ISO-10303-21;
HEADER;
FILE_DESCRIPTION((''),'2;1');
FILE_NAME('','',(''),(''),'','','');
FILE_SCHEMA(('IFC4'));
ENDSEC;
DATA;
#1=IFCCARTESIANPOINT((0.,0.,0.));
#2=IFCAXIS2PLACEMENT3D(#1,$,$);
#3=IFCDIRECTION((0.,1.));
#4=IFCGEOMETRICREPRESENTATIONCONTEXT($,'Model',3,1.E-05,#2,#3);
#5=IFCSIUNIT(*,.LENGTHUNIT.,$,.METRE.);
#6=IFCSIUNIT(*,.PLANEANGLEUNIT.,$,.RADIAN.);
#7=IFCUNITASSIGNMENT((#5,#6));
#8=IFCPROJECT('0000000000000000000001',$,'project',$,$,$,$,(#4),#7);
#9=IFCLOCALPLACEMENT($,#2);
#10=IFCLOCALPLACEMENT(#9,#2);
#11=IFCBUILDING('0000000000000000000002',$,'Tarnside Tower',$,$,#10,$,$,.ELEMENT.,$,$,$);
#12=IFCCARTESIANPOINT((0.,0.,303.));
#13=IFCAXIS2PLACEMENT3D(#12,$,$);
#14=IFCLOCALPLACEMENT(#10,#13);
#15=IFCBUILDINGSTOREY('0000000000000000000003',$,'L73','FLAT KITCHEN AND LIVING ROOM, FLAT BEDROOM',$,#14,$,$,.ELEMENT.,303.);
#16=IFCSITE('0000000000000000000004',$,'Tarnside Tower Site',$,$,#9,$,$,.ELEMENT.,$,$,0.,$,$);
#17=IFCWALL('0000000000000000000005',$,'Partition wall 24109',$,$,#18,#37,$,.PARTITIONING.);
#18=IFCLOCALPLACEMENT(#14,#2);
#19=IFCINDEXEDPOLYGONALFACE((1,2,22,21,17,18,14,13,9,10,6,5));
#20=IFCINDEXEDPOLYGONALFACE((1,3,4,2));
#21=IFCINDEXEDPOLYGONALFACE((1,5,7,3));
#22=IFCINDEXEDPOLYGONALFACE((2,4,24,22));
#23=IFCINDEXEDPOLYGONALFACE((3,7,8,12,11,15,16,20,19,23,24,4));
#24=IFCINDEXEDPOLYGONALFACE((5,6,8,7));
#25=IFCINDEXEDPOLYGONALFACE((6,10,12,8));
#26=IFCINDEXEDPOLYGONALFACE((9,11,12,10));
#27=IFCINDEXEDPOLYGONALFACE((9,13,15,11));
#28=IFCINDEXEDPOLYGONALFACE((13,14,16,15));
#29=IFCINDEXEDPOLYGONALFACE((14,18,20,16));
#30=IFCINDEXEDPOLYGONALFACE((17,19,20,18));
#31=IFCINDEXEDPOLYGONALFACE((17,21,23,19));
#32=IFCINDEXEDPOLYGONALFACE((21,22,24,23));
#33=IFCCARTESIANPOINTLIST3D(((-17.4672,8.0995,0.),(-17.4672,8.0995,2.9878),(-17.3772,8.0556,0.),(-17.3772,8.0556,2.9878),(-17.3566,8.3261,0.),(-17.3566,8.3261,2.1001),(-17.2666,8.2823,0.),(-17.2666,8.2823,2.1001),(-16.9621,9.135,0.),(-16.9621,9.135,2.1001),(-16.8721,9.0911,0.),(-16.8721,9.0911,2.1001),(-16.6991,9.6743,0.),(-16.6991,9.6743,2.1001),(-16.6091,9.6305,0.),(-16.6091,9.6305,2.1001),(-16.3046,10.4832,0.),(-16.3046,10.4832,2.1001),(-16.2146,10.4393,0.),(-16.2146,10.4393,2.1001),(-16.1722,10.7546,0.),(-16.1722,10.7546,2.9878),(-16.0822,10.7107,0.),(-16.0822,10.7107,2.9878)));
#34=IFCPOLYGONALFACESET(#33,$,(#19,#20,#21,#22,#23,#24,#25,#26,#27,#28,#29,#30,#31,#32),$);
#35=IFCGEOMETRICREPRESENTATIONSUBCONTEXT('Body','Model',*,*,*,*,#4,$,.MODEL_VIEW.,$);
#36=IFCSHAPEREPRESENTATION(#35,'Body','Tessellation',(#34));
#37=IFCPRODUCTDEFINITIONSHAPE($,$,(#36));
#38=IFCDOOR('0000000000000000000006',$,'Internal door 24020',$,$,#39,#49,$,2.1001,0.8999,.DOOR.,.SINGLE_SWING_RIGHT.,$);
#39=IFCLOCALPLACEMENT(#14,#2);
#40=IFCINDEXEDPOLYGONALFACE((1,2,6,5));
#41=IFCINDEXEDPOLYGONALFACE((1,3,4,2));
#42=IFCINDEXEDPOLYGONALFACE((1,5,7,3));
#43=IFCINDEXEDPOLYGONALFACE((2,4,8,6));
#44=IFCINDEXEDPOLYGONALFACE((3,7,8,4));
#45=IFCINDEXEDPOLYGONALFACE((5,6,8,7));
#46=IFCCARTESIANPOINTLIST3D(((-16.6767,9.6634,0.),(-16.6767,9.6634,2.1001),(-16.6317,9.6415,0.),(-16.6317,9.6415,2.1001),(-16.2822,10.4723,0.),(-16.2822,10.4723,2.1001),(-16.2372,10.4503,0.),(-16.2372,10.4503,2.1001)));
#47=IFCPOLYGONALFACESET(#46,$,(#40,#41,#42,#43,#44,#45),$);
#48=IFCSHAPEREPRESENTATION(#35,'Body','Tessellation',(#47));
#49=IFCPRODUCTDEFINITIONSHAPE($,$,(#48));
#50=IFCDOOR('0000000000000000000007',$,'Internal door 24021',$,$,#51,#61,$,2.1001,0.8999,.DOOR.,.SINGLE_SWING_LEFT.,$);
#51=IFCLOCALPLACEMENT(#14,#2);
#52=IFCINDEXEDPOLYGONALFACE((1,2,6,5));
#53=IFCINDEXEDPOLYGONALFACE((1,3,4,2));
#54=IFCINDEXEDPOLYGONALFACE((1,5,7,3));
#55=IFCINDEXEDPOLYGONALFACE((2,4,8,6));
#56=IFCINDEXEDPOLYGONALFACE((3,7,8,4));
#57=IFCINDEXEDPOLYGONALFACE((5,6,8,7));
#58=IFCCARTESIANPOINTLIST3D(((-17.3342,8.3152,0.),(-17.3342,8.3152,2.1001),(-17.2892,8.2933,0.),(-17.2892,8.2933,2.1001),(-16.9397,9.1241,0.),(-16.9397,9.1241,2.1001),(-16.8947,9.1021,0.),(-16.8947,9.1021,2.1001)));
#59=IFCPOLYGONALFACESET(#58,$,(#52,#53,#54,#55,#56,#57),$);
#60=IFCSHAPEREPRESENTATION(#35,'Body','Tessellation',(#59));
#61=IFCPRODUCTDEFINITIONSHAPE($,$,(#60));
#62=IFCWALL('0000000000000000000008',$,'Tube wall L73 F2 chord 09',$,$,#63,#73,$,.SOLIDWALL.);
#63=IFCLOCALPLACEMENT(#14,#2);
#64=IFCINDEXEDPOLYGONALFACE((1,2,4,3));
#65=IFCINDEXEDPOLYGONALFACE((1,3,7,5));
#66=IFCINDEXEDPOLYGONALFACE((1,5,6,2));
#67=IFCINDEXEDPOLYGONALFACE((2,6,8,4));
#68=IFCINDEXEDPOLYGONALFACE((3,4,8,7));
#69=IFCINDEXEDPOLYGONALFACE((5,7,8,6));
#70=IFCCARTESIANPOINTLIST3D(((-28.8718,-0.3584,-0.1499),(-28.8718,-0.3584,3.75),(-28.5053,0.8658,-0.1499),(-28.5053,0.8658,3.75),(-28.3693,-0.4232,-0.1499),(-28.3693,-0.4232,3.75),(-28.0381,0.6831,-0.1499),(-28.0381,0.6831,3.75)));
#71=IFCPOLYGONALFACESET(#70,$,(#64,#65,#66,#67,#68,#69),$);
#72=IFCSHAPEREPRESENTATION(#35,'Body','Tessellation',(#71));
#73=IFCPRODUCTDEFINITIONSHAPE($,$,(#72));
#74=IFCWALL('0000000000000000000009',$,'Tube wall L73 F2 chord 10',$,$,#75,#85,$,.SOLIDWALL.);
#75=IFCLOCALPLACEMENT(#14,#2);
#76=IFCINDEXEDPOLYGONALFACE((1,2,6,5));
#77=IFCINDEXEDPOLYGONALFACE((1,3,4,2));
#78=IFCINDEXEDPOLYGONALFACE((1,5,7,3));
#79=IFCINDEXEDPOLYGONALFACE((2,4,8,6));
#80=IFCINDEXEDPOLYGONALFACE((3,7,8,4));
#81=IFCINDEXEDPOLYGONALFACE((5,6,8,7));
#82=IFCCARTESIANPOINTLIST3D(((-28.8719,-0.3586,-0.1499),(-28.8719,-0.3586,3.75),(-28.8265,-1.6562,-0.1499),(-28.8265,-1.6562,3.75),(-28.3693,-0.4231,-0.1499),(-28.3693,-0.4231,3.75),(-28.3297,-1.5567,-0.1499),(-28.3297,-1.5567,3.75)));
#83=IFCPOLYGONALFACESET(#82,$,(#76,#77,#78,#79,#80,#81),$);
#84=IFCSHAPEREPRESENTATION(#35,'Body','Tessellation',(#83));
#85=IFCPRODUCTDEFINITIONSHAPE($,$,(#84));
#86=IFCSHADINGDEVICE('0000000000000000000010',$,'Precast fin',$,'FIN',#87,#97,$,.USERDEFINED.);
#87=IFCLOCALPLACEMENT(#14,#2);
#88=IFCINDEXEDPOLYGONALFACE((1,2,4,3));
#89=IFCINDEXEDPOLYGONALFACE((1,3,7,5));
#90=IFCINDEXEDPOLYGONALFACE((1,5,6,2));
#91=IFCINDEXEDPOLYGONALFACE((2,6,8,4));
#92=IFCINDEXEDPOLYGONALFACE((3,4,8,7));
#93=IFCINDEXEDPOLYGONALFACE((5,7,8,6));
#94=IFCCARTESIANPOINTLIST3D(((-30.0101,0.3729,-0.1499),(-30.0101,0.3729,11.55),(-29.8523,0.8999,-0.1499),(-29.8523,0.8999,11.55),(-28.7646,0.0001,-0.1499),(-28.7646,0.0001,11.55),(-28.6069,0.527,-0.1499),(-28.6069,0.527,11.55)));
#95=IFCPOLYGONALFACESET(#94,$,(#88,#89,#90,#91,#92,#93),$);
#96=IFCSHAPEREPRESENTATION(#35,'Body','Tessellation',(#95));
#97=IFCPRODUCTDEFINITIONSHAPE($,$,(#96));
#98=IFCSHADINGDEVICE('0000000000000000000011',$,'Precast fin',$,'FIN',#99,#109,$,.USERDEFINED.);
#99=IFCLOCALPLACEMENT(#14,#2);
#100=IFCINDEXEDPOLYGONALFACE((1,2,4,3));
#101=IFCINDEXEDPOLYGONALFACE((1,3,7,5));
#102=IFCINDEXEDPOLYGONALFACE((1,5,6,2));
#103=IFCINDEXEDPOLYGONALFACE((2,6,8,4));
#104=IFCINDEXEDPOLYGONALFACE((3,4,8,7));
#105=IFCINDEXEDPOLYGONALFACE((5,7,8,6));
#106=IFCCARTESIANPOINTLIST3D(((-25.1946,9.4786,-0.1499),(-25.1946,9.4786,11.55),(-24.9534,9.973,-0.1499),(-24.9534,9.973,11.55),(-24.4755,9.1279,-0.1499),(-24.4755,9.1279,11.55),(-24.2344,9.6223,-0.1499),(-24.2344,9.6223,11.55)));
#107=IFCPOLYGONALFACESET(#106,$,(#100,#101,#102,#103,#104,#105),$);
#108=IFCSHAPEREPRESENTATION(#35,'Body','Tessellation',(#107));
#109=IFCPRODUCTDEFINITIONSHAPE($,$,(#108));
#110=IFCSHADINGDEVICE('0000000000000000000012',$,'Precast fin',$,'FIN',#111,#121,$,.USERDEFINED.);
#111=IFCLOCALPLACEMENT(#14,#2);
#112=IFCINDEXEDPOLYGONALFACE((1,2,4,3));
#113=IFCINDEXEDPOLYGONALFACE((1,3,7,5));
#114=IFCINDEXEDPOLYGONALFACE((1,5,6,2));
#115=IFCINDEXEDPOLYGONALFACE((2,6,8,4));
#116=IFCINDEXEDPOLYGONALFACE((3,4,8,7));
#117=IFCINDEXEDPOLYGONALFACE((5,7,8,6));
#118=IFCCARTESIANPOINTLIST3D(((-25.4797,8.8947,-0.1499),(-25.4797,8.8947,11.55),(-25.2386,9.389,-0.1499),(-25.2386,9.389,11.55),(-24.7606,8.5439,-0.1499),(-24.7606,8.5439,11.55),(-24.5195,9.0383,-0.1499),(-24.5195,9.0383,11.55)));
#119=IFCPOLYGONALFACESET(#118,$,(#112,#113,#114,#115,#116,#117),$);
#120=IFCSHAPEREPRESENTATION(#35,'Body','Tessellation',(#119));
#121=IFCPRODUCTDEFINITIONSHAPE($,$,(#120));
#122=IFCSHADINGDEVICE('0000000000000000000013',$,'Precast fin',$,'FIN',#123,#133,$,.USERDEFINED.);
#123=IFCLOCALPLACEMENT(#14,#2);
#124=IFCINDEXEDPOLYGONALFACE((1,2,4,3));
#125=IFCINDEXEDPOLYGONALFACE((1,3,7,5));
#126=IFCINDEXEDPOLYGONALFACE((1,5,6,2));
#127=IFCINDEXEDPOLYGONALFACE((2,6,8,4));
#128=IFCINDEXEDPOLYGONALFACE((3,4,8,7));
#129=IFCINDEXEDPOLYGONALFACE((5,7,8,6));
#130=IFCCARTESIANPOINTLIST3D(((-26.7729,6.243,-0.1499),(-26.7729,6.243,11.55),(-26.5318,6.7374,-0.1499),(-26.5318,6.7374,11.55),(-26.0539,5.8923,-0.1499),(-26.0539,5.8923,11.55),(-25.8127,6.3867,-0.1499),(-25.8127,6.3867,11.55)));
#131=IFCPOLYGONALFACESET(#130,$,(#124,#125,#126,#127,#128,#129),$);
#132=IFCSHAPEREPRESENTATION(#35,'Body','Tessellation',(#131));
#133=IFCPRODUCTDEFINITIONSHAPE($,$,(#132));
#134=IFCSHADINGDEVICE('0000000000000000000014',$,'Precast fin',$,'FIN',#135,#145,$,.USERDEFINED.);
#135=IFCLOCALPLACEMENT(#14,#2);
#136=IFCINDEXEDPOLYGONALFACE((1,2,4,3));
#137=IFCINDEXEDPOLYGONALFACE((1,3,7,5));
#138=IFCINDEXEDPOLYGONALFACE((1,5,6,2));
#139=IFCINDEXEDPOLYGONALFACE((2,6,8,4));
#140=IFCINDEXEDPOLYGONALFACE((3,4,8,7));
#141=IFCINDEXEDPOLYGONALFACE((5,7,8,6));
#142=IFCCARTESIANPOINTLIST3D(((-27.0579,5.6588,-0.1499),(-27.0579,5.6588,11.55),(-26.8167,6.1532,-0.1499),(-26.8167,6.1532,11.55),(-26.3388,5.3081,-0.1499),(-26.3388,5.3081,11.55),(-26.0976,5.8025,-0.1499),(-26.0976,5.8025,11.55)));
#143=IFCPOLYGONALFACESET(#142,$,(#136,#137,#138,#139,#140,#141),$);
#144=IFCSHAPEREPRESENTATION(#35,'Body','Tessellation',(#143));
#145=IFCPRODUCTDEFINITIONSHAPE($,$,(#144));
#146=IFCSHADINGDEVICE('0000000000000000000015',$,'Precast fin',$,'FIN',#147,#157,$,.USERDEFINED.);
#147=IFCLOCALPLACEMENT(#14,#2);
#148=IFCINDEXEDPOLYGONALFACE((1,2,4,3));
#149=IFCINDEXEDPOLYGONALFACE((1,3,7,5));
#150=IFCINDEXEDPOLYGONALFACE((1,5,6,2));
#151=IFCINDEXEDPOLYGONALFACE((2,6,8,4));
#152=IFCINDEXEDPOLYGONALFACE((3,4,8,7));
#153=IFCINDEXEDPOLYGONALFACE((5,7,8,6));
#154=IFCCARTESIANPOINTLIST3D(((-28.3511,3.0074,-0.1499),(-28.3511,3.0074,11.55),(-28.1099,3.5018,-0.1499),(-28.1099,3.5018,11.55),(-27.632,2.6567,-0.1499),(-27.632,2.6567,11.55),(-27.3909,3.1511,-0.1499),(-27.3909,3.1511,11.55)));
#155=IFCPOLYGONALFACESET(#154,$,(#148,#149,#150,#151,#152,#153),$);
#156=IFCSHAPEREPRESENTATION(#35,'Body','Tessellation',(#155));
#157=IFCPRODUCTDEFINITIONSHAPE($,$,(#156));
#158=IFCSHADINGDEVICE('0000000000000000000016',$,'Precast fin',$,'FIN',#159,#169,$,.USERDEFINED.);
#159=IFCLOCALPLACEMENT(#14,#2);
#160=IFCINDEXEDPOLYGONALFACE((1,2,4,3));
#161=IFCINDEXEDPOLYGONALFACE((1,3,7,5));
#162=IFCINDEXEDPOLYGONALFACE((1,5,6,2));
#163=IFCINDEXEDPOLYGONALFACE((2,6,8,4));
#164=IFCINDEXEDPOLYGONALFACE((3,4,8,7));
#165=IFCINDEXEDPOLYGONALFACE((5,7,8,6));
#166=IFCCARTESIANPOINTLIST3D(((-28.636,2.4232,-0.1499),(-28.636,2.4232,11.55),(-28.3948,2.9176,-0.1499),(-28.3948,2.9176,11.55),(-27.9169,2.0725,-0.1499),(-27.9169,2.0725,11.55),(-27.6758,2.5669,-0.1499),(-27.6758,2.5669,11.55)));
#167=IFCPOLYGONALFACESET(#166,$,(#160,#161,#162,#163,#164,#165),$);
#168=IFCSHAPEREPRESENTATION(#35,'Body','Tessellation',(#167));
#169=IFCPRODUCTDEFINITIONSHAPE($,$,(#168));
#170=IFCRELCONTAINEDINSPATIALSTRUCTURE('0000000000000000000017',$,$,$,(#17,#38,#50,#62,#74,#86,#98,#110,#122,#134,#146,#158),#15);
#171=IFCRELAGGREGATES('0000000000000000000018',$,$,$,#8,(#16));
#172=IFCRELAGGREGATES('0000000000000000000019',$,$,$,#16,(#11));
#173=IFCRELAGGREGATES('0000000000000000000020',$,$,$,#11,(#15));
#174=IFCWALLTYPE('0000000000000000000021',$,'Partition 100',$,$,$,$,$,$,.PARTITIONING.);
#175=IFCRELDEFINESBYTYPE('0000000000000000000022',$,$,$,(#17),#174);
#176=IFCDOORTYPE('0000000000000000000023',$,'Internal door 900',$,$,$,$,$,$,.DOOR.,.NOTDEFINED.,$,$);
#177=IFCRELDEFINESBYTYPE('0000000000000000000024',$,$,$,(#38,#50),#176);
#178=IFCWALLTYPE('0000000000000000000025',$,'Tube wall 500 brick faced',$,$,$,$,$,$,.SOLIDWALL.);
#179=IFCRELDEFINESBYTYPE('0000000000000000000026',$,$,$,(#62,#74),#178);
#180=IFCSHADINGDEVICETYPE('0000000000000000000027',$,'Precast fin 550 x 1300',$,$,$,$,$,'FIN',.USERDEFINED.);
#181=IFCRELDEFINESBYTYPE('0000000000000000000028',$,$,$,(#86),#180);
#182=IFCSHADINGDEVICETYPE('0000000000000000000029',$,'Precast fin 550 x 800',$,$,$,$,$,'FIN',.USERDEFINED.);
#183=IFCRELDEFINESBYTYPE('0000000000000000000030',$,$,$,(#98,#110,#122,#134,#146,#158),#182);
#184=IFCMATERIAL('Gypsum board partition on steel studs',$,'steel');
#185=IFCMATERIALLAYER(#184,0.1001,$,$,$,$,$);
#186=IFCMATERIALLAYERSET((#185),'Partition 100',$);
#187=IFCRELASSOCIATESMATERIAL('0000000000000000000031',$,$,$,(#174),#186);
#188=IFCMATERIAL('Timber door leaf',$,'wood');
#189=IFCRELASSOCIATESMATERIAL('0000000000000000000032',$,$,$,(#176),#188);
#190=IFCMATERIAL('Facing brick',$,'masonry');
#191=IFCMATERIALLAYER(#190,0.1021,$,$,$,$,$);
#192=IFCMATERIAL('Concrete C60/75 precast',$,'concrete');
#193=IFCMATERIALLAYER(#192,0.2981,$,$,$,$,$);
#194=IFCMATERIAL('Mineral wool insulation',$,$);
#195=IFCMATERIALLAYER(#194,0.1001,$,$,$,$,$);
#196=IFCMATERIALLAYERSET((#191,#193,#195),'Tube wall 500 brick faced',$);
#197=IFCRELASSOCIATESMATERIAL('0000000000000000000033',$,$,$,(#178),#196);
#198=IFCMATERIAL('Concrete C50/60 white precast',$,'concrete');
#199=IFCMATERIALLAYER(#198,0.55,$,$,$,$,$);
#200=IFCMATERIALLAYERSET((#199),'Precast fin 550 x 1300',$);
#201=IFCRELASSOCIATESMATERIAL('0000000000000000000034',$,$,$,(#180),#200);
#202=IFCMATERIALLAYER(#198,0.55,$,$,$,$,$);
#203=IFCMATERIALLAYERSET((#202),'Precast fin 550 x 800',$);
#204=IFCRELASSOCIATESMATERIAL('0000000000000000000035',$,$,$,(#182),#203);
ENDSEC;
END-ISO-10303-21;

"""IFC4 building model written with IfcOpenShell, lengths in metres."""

from ifc_helpers import new_model, si_unit, direction, frame, frame_2d, origin, place, context, subcontext, project, spatial, polyline, rectangle, outline, extrude, material, layer, layer_set, type_object, element, fill, save


model = new_model("IFC4")

# Units and contexts
model_context = context("Model", 3, precision=1e-05, world=origin(), true_north=direction((0.0, 1.0)))
body_context = subcontext(model_context, "Body", "Model", "MODEL_VIEW")
ifc_project = project(units=[si_unit("LENGTHUNIT", "METRE"), si_unit("PLANEANGLEUNIT", "RADIAN")], contexts=[model_context])

# Site, building, storey
site_placement = place(None, origin())
site = spatial("IfcSite", under=ifc_project, at=site_placement, Name="Tarnside Tower Site", CompositionType="ELEMENT", RefElevation=0.0)
building_placement = place(site_placement, origin())
building = spatial("IfcBuilding", under=site, at=building_placement, Name="Tarnside Tower", CompositionType="ELEMENT")
storey_placement = place(building_placement, frame((0.0, 0.0, 303.0)))
storey = spatial("IfcBuildingStorey", under=building, at=storey_placement, Name="L73", Description="FLAT KITCHEN AND LIVING ROOM, FLAT BEDROOM", CompositionType="ELEMENT", Elevation=303.0)

# Shared definitions
ifc_material_1 = material(Name="Gypsum board partition on steel studs", Category="steel")

# Shared definitions
ifc_material_2 = material(Name="Timber door leaf", Category="wood")

# Shared definitions
ifc_material_3 = material(Name="Concrete C60/75 precast", Category="concrete")
ifc_material_4 = material(Name="Mineral wool insulation")

# Shared definitions
ifc_layer_1 = layer(ifc_material_1, 0.1001)
ifc_layer_set_1 = layer_set([ifc_layer_1], Name="Partition 100")
wall_type_1 = type_object("IfcWallType", Name="Partition 100", PredefinedType="PARTITIONING", material=ifc_layer_set_1)
door_type_1 = type_object("IfcDoorType", Name="Internal door 900", OperationType="NOTDEFINED", PredefinedType="DOOR", material=ifc_material_2)

# Wall, openings, doors
wall_1_placement = place(storey_placement, frame((-16.1272, 10.7327, 0.0), z_axis=(0.0, 0.0, 1.0), x_axis=(-0.438365, -0.898797, 0.0)))
wall_1 = element("IfcWall", 1, at=wall_1_placement, inside=storey, type_object=wall_type_1, Name="Partition wall 24109", PredefinedType="PARTITIONING", context=body_context, shape_type="SweptSolid", body=[
    extrude(rectangle(XDim=2.9541, YDim=0.1001, at=frame_2d((1.4771, 0.0))), origin(), (0.0, 0.0, 1.0), 2.9878),
])
opening_1_placement = place(wall_1_placement, frame((0.302, 0.0, 0.0)))
opening_1 = element("IfcOpeningElement", 2, at=opening_1_placement, cuts=wall_1, PredefinedType="OPENING", context=body_context, shape_type="SweptSolid", body=[
    extrude(rectangle(XDim=0.8999, YDim=2.1001, at=frame_2d((0.45, 1.05))), frame((0.0, 0.0601, 0.0), z_axis=(0.0, -1.0, 0.0), x_axis=(1.0, 0.0, 0.0)), (0.0, 0.0, 1.0), 0.1201),
])
opening_2_placement = place(wall_1_placement, frame((1.802, 0.0, 0.0)))
opening_2 = element("IfcOpeningElement", 3, at=opening_2_placement, cuts=wall_1, PredefinedType="OPENING", context=body_context, shape_type="SweptSolid", body=[
    extrude(rectangle(XDim=0.8999, YDim=2.1001, at=frame_2d((0.45, 1.05))), frame((0.0, 0.0601, 0.0), z_axis=(0.0, -1.0, 0.0), x_axis=(1.0, 0.0, 0.0)), (0.0, 0.0, 1.0), 0.1201),
])
door_1_placement = place(opening_1_placement, origin())
door_1 = element("IfcDoor", 4, at=door_1_placement, inside=storey, type_object=door_type_1, Name="Internal door 24020", OperationType="SINGLE_SWING_RIGHT", OverallHeight=2.1001, OverallWidth=0.8999, PredefinedType="DOOR", context=body_context, shape_type="SweptSolid", body=[
    extrude(rectangle(XDim=0.8999, YDim=2.1001, at=frame_2d((0.45, 1.05))), frame((0.0, 0.0249, 0.0), z_axis=(0.0, -1.0, 0.0), x_axis=(1.0, 0.0, 0.0)), (0.0, 0.0, 1.0), 0.05),
])
fill(opening_1, door_1)
door_2_placement = place(opening_2_placement, origin())
door_2 = element("IfcDoor", 5, at=door_2_placement, inside=storey, type_object=door_type_1, Name="Internal door 24021", OperationType="SINGLE_SWING_LEFT", OverallHeight=2.1001, OverallWidth=0.8999, PredefinedType="DOOR", context=body_context, shape_type="SweptSolid", body=[
    extrude(rectangle(XDim=0.8999, YDim=2.1001, at=frame_2d((0.45, 1.05))), frame((0.0, 0.0249, 0.0), z_axis=(0.0, -1.0, 0.0), x_axis=(1.0, 0.0, 0.0)), (0.0, 0.0, 1.0), 0.05),
])
fill(opening_2, door_2)

# Walls
ifc_material_5 = material(Name="Facing brick", Category="masonry")
ifc_layer_2 = layer(ifc_material_5, 0.1021)
ifc_layer_3 = layer(ifc_material_3, 0.2981)
ifc_layer_4 = layer(ifc_material_4, 0.1001)
ifc_layer_set_2 = layer_set([ifc_layer_2, ifc_layer_3, ifc_layer_4], Name="Tube wall 500 brick faced")
wall_type_2 = type_object("IfcWallType", Name="Tube wall 500 brick faced", PredefinedType="SOLIDWALL", material=ifc_layer_set_2)
wall_2_placement = place(storey_placement, frame((-28.2717, 0.7744, -0.1499), z_axis=(0.0, 0.0, 1.0), x_axis=(-0.286814, -0.957986, 0.0)))
element("IfcWall", 6, at=wall_2_placement, inside=storey, type_object=wall_type_2, Name="Tube wall L73 F2 chord 09", PredefinedType="SOLIDWALL", context=body_context, shape_type="SweptSolid", body=[
    extrude(outline(polyline([(-0.0205, -0.25), (1.2573, -0.25), (1.1753, 0.25), (0.0205, 0.25), (-0.0205, -0.25)])), origin(), (0.0, 0.0, 1.0), 3.8999),
])
wall_3_placement = place(storey_placement, frame((-28.6206, -0.3909, -0.1499), z_axis=(0.0, 0.0, 1.0), x_axis=(0.034925, -0.99939, 0.0)))
element("IfcWall", 7, at=wall_3_placement, inside=storey, type_object=wall_type_2, Name="Tube wall L73 F2 chord 10", PredefinedType="SOLIDWALL", context=body_context, shape_type="SweptSolid", body=[
    extrude(outline(polyline([(-0.041, -0.25), (1.2573, -0.25), (1.1753, 0.25), (0.041, 0.25), (-0.041, -0.25)])), origin(), (0.0, 0.0, 1.0), 3.8999),
])

# Shading devices
ifc_material_6 = material(Name="Concrete C50/60 white precast", Category="concrete")
ifc_layer_5 = layer(ifc_material_6, 0.55)
ifc_layer_set_3 = layer_set([ifc_layer_5], Name="Precast fin 550 x 1300")
shading_device_type_1 = type_object("IfcShadingDeviceType", Name="Precast fin 550 x 1300", ElementType="FIN", PredefinedType="USERDEFINED", material=ifc_layer_set_3)
shading_device_placement = place(storey_placement, frame((-28.6858, 0.2634, -0.1499), z_axis=(0.286803, 0.95799, 0.0), x_axis=(-0.95799, 0.286803, 0.0)))
element("IfcShadingDevice", 8, at=shading_device_placement, inside=storey, type_object=shading_device_type_1, Name="Precast fin", ObjectType="FIN", PredefinedType="USERDEFINED", context=body_context, shape_type="SweptSolid", body=[
    extrude(outline(polyline([(0.0, 0.0), (1.3, 0.0), (1.3, 11.7), (0.0, 11.7), (0.0, 0.0)])), frame((0.0, 0.0, -0.2749)), (0.0, 0.0, 1.0), 0.55),
])
ifc_layer_6 = layer(ifc_material_6, 0.55)
ifc_layer_set_4 = layer_set([ifc_layer_6], Name="Precast fin 550 x 800")
shading_device_type_2 = type_object("IfcShadingDeviceType", Name="Precast fin 550 x 800", ElementType="FIN", PredefinedType="USERDEFINED", material=ifc_layer_set_4)
for number, where, z_axis, x_axis, name in (
    (9, (-24.355, 9.375, -0.1499), (0.438371, 0.898794, 0.0), (-0.898794, 0.438371, 0.0), "Precast fin"),
    (10, (-24.6401, 8.791, -0.1499), (0.438371, 0.898794, 0.0), (-0.898794, 0.438371, 0.0), "Precast fin"),
    (11, (-25.9333, 6.1394, -0.1499), (0.438371, 0.898794, 0.0), (-0.898794, 0.438371, 0.0), "Precast fin"),
    (12, (-26.2183, 5.5552, -0.1499), (0.438371, 0.898794, 0.0), (-0.898794, 0.438371, 0.0), "Precast fin"),
    (13, (-27.5115, 2.9038, -0.1499), (0.438371, 0.898794, 0.0), (-0.898794, 0.438371, 0.0), "Precast fin"),
    (14, (-27.7964, 2.3196, -0.1499), (0.438371, 0.898794, 0.0), (-0.898794, 0.438371, 0.0), "Precast fin"),
):
    element("IfcShadingDevice", number, at=place(storey_placement, frame(where, z_axis=z_axis, x_axis=x_axis)), inside=storey, type_object=shading_device_type_2, Name=name, ObjectType="FIN", PredefinedType="USERDEFINED", context=body_context, shape_type="SweptSolid", body=[
        extrude(outline(polyline([(0.0, 0.0), (0.8, 0.0), (0.8, 11.7), (0.0, 11.7), (0.0, 0.0)])), frame((0.0, 0.0, -0.2749)), (0.0, 0.0, 1.0), 0.55),
    ])

save(model, "model.ifc")
